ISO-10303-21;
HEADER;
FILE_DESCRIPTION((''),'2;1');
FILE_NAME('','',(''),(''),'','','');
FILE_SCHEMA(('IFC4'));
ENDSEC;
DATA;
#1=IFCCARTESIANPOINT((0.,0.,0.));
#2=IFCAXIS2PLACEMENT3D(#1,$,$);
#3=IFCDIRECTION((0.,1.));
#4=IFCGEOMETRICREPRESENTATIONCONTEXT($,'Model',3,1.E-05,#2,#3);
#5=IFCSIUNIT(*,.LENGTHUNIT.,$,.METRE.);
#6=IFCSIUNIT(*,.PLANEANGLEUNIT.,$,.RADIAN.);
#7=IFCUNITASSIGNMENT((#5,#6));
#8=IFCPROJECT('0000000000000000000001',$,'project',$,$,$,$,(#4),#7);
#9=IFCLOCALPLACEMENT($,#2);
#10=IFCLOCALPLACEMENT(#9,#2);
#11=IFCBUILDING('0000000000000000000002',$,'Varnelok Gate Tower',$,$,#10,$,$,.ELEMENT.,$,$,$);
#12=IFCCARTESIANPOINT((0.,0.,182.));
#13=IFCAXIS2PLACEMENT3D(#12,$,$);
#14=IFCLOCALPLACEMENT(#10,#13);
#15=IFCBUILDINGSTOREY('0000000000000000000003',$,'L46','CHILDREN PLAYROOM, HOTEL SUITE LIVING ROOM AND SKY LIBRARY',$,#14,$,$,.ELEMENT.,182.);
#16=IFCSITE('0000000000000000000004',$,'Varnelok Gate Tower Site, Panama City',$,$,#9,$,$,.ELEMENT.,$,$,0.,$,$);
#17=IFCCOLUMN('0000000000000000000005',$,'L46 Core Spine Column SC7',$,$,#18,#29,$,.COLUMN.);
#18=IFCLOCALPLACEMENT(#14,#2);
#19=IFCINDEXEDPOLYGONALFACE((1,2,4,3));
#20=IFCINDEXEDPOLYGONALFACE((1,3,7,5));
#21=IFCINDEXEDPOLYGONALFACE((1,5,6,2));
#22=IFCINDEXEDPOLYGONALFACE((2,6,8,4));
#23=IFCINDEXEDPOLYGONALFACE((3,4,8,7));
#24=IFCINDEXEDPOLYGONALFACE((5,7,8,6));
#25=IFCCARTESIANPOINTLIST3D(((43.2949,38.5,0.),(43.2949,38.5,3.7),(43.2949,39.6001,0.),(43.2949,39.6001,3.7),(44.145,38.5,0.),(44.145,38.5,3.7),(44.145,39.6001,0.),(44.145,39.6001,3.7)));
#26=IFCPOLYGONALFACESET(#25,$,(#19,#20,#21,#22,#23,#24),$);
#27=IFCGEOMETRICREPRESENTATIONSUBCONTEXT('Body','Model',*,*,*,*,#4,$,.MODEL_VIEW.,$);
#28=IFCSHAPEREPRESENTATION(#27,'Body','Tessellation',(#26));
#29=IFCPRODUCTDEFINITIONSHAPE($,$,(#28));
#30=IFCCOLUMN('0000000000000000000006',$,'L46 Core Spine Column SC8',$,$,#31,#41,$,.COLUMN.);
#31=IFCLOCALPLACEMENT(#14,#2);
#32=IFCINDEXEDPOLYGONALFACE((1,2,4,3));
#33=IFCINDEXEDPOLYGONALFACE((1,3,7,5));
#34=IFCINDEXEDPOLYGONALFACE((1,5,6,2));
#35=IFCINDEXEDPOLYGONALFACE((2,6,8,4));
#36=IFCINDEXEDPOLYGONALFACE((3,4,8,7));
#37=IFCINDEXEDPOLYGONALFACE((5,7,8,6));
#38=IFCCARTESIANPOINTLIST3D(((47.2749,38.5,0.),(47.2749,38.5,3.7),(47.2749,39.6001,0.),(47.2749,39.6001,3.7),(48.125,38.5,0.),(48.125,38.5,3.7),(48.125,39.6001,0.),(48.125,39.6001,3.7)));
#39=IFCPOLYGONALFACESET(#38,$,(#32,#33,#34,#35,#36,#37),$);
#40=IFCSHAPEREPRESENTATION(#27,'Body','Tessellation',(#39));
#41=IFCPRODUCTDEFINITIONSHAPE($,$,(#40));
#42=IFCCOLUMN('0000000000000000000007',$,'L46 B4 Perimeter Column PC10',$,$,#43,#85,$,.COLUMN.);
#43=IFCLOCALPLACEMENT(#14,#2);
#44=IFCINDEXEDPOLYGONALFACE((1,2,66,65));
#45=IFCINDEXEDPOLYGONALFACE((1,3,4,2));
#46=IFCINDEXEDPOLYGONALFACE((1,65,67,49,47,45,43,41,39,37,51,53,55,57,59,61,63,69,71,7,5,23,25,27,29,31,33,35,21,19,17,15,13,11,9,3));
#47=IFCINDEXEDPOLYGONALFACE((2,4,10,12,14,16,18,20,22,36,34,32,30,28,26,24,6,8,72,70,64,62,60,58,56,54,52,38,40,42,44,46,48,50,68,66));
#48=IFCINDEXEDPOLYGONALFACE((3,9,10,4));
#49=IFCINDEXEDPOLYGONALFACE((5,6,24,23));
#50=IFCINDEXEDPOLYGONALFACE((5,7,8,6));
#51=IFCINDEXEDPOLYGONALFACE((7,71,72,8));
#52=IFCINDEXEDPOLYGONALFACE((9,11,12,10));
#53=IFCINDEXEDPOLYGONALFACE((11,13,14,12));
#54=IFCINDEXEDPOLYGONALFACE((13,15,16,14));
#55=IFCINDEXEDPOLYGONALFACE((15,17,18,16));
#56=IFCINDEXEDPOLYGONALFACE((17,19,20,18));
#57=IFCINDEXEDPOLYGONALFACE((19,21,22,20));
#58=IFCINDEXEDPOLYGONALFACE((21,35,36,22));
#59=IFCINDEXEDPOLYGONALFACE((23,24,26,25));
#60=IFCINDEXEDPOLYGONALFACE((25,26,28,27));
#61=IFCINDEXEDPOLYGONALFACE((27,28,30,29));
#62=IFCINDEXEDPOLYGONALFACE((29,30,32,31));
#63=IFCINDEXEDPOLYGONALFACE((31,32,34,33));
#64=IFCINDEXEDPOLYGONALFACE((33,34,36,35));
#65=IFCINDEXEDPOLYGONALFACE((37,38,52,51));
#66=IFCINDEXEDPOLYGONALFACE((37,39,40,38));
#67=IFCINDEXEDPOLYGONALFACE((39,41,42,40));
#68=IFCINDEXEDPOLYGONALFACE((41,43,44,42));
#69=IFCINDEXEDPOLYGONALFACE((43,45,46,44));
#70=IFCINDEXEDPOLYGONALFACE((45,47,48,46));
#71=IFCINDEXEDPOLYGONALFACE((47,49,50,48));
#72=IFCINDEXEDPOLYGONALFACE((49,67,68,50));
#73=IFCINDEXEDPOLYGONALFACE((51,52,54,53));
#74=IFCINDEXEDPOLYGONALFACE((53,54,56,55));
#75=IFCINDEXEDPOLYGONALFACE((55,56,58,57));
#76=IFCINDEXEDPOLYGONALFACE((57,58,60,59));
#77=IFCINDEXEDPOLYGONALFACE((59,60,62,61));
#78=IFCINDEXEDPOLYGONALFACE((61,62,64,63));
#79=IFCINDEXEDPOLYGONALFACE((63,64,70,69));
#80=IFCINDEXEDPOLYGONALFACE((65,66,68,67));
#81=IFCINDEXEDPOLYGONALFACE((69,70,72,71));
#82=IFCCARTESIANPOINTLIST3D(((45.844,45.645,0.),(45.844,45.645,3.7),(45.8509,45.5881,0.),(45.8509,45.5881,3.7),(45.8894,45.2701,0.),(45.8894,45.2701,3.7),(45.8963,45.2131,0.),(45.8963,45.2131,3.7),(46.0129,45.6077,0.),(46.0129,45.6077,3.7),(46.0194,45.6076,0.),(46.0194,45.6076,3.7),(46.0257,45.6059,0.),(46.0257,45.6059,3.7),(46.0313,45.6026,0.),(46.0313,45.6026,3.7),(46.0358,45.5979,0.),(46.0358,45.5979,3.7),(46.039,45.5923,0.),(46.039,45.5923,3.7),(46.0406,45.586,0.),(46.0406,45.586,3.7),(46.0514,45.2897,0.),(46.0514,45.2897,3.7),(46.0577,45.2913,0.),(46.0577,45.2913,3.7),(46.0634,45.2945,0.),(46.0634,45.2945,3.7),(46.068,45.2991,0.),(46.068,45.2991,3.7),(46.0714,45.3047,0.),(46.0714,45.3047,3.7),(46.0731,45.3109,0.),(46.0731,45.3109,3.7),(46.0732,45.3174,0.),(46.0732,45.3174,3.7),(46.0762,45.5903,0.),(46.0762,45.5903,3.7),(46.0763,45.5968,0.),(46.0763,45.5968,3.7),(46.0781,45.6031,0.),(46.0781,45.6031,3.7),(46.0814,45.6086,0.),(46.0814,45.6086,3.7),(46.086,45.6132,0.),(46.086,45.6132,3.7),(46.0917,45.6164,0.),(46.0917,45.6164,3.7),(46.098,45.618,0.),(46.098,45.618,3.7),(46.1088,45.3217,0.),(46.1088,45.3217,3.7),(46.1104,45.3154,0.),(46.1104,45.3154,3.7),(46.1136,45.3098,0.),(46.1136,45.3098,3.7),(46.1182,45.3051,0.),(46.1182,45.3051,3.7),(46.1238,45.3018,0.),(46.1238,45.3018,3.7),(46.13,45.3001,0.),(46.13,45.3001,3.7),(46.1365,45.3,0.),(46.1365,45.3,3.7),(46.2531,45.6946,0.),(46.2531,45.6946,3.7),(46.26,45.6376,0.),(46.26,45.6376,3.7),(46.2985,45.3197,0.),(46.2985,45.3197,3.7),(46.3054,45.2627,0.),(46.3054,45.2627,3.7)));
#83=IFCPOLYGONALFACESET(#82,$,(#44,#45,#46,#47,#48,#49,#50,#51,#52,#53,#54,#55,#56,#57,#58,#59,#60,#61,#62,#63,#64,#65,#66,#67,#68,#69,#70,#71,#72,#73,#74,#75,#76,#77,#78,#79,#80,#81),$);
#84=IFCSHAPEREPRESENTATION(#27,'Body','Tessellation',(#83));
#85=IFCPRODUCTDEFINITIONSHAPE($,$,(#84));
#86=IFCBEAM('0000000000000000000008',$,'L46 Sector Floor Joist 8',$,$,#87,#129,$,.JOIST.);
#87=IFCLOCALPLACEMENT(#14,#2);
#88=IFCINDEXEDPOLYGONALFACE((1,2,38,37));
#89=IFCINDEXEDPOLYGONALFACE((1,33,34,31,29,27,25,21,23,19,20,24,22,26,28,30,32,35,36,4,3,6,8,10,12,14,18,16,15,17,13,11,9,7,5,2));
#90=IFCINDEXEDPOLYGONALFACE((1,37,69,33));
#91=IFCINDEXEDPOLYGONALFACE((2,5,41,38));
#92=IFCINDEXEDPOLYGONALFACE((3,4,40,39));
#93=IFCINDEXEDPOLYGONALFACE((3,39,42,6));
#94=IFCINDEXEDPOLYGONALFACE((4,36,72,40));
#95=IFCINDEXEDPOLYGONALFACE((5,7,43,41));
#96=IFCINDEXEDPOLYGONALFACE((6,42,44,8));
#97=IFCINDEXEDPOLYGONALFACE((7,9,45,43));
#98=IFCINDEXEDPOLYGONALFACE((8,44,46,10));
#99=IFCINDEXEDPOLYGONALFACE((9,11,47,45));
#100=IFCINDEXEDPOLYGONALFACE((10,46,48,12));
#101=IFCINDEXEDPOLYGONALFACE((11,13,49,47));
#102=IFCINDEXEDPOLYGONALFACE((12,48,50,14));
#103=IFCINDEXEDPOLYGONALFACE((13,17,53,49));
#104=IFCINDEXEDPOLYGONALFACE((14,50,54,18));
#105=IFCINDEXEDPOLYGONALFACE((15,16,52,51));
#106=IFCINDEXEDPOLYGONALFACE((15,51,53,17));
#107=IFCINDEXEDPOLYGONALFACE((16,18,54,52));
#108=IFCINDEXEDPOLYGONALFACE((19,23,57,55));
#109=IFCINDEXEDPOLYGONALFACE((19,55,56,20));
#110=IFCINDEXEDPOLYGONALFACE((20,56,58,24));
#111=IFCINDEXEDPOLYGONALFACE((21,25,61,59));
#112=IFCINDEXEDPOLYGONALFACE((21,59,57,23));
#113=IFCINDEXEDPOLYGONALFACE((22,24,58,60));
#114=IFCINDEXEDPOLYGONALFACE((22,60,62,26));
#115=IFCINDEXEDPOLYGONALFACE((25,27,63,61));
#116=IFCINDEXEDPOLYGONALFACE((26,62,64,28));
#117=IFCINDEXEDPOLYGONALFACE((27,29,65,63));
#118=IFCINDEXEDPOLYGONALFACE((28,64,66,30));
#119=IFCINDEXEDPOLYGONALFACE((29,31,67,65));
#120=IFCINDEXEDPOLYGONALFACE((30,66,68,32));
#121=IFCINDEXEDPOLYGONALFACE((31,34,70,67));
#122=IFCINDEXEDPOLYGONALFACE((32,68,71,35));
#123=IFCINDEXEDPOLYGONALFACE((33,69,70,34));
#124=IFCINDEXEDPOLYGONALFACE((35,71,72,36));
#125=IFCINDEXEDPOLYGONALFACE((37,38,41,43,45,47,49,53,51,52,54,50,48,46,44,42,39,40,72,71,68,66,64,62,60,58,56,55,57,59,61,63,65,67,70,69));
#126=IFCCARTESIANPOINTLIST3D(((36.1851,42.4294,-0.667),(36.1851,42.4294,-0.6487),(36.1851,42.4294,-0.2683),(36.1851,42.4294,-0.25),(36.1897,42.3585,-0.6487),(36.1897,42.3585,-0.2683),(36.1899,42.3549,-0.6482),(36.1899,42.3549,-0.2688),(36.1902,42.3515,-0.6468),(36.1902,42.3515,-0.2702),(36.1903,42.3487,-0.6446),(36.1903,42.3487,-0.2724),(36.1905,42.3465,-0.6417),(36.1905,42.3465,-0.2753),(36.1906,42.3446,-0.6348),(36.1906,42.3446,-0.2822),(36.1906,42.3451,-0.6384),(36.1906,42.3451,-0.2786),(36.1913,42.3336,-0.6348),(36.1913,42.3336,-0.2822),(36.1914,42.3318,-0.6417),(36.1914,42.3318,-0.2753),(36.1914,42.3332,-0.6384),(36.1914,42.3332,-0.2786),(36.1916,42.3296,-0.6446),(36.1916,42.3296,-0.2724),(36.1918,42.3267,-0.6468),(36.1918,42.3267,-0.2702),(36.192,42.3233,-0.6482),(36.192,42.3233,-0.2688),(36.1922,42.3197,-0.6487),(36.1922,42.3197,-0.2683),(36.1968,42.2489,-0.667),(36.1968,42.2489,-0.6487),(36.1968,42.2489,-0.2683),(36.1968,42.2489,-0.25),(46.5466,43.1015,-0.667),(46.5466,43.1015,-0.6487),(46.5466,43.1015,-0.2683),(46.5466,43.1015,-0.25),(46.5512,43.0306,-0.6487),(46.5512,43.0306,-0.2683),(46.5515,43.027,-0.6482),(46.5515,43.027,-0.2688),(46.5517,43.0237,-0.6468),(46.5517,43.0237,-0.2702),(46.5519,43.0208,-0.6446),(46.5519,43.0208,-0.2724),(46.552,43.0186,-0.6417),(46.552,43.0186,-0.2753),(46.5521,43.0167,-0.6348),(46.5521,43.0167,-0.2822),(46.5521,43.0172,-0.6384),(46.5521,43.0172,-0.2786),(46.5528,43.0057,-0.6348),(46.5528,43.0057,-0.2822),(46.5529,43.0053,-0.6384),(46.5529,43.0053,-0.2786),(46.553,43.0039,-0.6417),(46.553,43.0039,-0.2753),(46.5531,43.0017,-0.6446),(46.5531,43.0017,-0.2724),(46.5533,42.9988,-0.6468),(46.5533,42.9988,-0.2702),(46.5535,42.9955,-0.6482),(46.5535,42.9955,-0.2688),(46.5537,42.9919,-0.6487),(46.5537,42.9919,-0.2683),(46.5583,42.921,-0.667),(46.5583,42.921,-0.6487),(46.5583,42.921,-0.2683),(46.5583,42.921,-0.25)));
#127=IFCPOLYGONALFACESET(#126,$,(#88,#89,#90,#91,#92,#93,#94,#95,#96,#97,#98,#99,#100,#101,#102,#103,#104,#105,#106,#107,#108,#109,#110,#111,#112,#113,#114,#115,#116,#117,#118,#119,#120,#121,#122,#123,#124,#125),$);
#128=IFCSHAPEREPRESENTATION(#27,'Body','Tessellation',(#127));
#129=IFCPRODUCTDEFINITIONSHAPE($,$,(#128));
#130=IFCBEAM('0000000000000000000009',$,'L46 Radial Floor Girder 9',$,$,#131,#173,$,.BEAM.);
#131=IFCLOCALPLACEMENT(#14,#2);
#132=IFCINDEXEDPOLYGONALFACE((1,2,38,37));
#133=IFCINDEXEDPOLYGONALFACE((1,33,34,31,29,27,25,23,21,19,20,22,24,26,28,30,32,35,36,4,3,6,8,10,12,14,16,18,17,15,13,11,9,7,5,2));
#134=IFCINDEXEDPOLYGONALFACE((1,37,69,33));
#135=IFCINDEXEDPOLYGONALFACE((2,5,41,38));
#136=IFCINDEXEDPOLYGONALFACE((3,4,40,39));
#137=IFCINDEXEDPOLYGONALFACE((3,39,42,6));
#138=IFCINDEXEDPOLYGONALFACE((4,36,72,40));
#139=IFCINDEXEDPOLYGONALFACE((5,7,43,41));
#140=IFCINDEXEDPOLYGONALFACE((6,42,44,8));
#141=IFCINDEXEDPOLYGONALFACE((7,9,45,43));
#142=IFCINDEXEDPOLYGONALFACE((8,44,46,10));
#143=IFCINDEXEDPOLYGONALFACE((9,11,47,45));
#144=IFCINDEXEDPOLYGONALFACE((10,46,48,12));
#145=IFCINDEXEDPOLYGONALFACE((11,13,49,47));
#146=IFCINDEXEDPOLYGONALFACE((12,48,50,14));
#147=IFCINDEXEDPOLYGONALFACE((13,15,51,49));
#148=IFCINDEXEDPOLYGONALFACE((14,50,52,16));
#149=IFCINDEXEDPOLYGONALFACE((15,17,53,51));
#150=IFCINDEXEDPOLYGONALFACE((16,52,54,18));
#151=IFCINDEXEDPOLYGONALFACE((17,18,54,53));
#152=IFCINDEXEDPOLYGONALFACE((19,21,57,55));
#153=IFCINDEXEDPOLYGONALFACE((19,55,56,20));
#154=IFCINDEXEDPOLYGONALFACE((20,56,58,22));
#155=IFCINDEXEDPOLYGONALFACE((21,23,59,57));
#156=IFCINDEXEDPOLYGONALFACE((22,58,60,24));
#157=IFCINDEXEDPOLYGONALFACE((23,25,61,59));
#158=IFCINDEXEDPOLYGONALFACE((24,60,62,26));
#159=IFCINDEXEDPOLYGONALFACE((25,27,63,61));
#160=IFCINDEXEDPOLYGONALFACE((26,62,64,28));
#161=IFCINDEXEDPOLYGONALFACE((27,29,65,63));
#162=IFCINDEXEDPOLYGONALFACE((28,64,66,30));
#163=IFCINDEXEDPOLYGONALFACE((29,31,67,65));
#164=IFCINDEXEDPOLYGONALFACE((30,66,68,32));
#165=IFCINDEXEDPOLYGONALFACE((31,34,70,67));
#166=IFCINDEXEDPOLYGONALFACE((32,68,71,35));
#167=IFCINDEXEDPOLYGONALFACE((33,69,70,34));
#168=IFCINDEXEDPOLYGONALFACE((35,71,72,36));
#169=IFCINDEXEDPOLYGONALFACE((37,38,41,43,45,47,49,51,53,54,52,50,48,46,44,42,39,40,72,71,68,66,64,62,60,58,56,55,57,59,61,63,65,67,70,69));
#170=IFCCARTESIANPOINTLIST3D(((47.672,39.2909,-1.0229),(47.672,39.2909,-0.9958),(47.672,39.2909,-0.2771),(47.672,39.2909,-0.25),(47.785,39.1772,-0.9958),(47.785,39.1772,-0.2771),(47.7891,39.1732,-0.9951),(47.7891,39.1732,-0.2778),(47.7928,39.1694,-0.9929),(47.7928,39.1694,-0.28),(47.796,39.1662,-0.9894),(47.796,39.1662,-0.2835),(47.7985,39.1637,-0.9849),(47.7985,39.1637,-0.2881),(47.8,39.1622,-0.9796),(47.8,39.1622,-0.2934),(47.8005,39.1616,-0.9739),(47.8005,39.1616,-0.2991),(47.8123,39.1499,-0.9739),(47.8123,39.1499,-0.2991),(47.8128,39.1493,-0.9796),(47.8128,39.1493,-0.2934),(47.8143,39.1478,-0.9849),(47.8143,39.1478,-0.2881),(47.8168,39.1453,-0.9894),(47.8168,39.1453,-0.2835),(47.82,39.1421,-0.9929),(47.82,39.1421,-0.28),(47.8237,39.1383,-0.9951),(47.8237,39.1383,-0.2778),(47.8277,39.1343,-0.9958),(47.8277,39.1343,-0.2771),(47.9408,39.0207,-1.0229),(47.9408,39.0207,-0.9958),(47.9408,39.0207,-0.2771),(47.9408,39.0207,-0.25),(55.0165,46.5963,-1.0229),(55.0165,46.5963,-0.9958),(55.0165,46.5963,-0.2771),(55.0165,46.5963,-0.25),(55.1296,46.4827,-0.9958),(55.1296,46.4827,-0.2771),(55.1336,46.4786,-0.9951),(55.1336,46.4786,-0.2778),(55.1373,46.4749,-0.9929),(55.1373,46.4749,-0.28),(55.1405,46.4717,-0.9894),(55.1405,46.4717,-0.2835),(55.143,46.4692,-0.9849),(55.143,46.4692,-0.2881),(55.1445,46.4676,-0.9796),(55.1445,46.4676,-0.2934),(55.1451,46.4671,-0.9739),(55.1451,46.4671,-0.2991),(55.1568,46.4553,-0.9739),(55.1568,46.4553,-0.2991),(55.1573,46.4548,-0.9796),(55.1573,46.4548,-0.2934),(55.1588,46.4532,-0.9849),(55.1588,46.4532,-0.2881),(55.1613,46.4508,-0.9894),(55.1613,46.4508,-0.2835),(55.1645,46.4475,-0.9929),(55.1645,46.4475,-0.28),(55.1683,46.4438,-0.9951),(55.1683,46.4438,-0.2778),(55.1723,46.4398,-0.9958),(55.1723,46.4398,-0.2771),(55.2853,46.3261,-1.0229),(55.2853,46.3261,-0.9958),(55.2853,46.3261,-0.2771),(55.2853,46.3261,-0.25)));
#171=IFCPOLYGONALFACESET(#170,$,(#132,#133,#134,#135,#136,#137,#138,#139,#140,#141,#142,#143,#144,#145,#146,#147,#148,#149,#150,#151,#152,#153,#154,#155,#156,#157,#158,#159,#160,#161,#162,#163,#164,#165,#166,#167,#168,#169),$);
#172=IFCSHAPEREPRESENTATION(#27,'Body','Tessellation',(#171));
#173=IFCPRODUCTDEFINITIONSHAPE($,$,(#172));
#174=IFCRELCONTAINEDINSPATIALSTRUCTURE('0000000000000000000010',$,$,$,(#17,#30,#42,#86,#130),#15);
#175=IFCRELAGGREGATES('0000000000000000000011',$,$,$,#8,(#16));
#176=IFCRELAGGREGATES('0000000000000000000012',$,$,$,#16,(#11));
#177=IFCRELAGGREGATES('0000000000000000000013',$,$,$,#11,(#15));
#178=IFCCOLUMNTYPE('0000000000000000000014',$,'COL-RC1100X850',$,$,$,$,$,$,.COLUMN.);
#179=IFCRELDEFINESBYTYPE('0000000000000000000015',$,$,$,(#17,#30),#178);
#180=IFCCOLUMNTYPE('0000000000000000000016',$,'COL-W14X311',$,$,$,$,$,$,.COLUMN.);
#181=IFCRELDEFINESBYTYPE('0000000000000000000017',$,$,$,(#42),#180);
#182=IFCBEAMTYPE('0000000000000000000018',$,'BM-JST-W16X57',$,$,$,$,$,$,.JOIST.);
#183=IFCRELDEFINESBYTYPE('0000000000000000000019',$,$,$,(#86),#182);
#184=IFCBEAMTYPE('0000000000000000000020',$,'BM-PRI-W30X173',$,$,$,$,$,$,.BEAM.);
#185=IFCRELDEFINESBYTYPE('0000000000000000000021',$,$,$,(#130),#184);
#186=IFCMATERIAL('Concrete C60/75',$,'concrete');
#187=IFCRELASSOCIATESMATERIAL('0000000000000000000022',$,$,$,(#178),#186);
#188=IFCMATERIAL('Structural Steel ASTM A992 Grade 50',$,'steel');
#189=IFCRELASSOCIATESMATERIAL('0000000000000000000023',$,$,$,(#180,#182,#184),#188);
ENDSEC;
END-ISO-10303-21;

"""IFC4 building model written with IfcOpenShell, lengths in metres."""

from ifc_helpers import new_model, si_unit, direction, frame, origin, origin_2d, place, context, subcontext, project, spatial, rectangle, i_section, extrude, material, material_profile, profile_set, type_object, element, save


model = new_model("IFC4")

# Units and contexts
model_context = context("Model", 3, precision=1e-05, world=origin(), true_north=direction((0.0, 1.0)))
body_context = subcontext(model_context, "Body", "Model", "MODEL_VIEW")
ifc_project = project(units=[si_unit("LENGTHUNIT", "METRE"), si_unit("PLANEANGLEUNIT", "RADIAN")], contexts=[model_context])

# Site, building, storey
site_placement = place(None, origin())
site = spatial("IfcSite", under=ifc_project, at=site_placement, Name="Varnelok Gate Tower Site, Panama City", CompositionType="ELEMENT", RefElevation=0.0)
building_placement = place(site_placement, origin())
building = spatial("IfcBuilding", under=site, at=building_placement, Name="Varnelok Gate Tower", CompositionType="ELEMENT")
storey_placement = place(building_placement, frame((0.0, 0.0, 182.0)))
storey = spatial("IfcBuildingStorey", under=building, at=storey_placement, Name="L46", Description="CHILDREN PLAYROOM, HOTEL SUITE LIVING ROOM AND SKY LIBRARY", CompositionType="ELEMENT", Elevation=182.0)

# Columns
ifc_material_1 = material(Name="Concrete C60/75", Category="concrete")
ifc_material_profile_1 = material_profile(ifc_material_1, rectangle(XDim=0.8501, YDim=1.1001, at=origin_2d()), Name="RC1100X850")
ifc_profile_set_1 = profile_set([ifc_material_profile_1], Name="Concrete C60/75")
column_type_1 = type_object("IfcColumnType", Name="COL-RC1100X850", PredefinedType="COLUMN", material=ifc_profile_set_1)
for number, where, z_axis, x_axis, name in (
    (1, (43.72, 39.05, 0.0), (0.0, 0.0, 1.0), (1.0, 0.0, 0.0), "L46 Core Spine Column SC7"),
    (2, (47.7, 39.05, 0.0), (0.0, 0.0, 1.0), (1.0, 0.0, 0.0), "L46 Core Spine Column SC8"),
):
    element("IfcColumn", number, at=place(storey_placement, frame(where, z_axis=z_axis, x_axis=x_axis)), inside=storey, type_object=column_type_1, Name=name, PredefinedType="COLUMN", context=body_context, shape_type="SweptSolid", body=[
        extrude(rectangle(XDim=0.8501, YDim=1.1001, at=origin_2d()), origin(), (0.0, 0.0, 1.0), 3.7),
    ])
ifc_material_2 = material(Name="Structural Steel ASTM A992 Grade 50", Category="steel")
ifc_material_profile_2 = material_profile(ifc_material_2, i_section(OverallWidth=0.4121, OverallDepth=0.4351, WebThickness=0.0359, FlangeThickness=0.0574, FilletRadius=0.0249, at=origin_2d()), Name="W14X311")
ifc_profile_set_2 = profile_set([ifc_material_profile_2], Name="Structural Steel ASTM A992 Grade 50")
column_type_2 = type_object("IfcColumnType", Name="COL-W14X311", PredefinedType="COLUMN", material=ifc_profile_set_2)
column_placement = place(storey_placement, frame((46.0747, 45.4539, 0.0), z_axis=(0.0, 0.0, 1.0), x_axis=(0.992732, 0.120345, 0.0)))
element("IfcColumn", 3, at=column_placement, inside=storey, type_object=column_type_2, Name="L46 B4 Perimeter Column PC10", PredefinedType="COLUMN", context=body_context, shape_type="SweptSolid", body=[
    extrude(i_section(OverallWidth=0.4121, OverallDepth=0.4351, WebThickness=0.0359, FlangeThickness=0.0574, FilletRadius=0.0249, at=origin_2d()), origin(), (0.0, 0.0, 1.0), 3.7),
])

# Beams
ifc_material_profile_3 = material_profile(ifc_material_2, i_section(OverallWidth=0.1809, OverallDepth=0.417, WebThickness=0.011, FlangeThickness=0.0183, FilletRadius=0.0139, at=origin_2d()), Name="W16X57")
ifc_profile_set_3 = profile_set([ifc_material_profile_3], Name="Structural Steel ASTM A992 Grade 50")
beam_type_1 = type_object("IfcBeamType", Name="BM-JST-W16X57", PredefinedType="JOIST", material=ifc_profile_set_3)
beam_1_placement = place(storey_placement, frame((46.5525, 43.0112, -0.4585), z_axis=(-0.997903, -0.06473, 0.0), x_axis=(0.06473, -0.997903, 0.0)))
element("IfcBeam", 4, at=beam_1_placement, inside=storey, type_object=beam_type_1, Name="L46 Sector Floor Joist 8", PredefinedType="JOIST", context=body_context, shape_type="SweptSolid", body=[
    extrude(i_section(OverallWidth=0.1809, OverallDepth=0.417, WebThickness=0.011, FlangeThickness=0.0183, FilletRadius=0.0139, at=origin_2d()), origin(), (0.0, 0.0, 1.0), 10.3833),
])
ifc_material_profile_4 = material_profile(ifc_material_2, i_section(OverallWidth=0.3811, OverallDepth=0.7729, WebThickness=0.0166, FlangeThickness=0.0271, FilletRadius=0.022, at=origin_2d()), Name="W30X173")
ifc_profile_set_4 = profile_set([ifc_material_profile_4], Name="Structural Steel ASTM A992 Grade 50")
beam_type_2 = type_object("IfcBeamType", Name="BM-PRI-W30X173", PredefinedType="BEAM", material=ifc_profile_set_4)
beam_2_placement = place(storey_placement, frame((47.8064, 39.1558, -0.6365), z_axis=(0.70899, 0.705219, 0.0), x_axis=(-0.705219, 0.70899, 0.0)))
element("IfcBeam", 5, at=beam_2_placement, inside=storey, type_object=beam_type_2, Name="L46 Radial Floor Girder 9", PredefinedType="BEAM", context=body_context, shape_type="SweptSolid", body=[
    extrude(i_section(OverallWidth=0.3811, OverallDepth=0.7729, WebThickness=0.0166, FlangeThickness=0.0271, FilletRadius=0.022, at=origin_2d()), origin(), (0.0, 0.0, 1.0), 10.3591),
])

save(model, "model.ifc")
